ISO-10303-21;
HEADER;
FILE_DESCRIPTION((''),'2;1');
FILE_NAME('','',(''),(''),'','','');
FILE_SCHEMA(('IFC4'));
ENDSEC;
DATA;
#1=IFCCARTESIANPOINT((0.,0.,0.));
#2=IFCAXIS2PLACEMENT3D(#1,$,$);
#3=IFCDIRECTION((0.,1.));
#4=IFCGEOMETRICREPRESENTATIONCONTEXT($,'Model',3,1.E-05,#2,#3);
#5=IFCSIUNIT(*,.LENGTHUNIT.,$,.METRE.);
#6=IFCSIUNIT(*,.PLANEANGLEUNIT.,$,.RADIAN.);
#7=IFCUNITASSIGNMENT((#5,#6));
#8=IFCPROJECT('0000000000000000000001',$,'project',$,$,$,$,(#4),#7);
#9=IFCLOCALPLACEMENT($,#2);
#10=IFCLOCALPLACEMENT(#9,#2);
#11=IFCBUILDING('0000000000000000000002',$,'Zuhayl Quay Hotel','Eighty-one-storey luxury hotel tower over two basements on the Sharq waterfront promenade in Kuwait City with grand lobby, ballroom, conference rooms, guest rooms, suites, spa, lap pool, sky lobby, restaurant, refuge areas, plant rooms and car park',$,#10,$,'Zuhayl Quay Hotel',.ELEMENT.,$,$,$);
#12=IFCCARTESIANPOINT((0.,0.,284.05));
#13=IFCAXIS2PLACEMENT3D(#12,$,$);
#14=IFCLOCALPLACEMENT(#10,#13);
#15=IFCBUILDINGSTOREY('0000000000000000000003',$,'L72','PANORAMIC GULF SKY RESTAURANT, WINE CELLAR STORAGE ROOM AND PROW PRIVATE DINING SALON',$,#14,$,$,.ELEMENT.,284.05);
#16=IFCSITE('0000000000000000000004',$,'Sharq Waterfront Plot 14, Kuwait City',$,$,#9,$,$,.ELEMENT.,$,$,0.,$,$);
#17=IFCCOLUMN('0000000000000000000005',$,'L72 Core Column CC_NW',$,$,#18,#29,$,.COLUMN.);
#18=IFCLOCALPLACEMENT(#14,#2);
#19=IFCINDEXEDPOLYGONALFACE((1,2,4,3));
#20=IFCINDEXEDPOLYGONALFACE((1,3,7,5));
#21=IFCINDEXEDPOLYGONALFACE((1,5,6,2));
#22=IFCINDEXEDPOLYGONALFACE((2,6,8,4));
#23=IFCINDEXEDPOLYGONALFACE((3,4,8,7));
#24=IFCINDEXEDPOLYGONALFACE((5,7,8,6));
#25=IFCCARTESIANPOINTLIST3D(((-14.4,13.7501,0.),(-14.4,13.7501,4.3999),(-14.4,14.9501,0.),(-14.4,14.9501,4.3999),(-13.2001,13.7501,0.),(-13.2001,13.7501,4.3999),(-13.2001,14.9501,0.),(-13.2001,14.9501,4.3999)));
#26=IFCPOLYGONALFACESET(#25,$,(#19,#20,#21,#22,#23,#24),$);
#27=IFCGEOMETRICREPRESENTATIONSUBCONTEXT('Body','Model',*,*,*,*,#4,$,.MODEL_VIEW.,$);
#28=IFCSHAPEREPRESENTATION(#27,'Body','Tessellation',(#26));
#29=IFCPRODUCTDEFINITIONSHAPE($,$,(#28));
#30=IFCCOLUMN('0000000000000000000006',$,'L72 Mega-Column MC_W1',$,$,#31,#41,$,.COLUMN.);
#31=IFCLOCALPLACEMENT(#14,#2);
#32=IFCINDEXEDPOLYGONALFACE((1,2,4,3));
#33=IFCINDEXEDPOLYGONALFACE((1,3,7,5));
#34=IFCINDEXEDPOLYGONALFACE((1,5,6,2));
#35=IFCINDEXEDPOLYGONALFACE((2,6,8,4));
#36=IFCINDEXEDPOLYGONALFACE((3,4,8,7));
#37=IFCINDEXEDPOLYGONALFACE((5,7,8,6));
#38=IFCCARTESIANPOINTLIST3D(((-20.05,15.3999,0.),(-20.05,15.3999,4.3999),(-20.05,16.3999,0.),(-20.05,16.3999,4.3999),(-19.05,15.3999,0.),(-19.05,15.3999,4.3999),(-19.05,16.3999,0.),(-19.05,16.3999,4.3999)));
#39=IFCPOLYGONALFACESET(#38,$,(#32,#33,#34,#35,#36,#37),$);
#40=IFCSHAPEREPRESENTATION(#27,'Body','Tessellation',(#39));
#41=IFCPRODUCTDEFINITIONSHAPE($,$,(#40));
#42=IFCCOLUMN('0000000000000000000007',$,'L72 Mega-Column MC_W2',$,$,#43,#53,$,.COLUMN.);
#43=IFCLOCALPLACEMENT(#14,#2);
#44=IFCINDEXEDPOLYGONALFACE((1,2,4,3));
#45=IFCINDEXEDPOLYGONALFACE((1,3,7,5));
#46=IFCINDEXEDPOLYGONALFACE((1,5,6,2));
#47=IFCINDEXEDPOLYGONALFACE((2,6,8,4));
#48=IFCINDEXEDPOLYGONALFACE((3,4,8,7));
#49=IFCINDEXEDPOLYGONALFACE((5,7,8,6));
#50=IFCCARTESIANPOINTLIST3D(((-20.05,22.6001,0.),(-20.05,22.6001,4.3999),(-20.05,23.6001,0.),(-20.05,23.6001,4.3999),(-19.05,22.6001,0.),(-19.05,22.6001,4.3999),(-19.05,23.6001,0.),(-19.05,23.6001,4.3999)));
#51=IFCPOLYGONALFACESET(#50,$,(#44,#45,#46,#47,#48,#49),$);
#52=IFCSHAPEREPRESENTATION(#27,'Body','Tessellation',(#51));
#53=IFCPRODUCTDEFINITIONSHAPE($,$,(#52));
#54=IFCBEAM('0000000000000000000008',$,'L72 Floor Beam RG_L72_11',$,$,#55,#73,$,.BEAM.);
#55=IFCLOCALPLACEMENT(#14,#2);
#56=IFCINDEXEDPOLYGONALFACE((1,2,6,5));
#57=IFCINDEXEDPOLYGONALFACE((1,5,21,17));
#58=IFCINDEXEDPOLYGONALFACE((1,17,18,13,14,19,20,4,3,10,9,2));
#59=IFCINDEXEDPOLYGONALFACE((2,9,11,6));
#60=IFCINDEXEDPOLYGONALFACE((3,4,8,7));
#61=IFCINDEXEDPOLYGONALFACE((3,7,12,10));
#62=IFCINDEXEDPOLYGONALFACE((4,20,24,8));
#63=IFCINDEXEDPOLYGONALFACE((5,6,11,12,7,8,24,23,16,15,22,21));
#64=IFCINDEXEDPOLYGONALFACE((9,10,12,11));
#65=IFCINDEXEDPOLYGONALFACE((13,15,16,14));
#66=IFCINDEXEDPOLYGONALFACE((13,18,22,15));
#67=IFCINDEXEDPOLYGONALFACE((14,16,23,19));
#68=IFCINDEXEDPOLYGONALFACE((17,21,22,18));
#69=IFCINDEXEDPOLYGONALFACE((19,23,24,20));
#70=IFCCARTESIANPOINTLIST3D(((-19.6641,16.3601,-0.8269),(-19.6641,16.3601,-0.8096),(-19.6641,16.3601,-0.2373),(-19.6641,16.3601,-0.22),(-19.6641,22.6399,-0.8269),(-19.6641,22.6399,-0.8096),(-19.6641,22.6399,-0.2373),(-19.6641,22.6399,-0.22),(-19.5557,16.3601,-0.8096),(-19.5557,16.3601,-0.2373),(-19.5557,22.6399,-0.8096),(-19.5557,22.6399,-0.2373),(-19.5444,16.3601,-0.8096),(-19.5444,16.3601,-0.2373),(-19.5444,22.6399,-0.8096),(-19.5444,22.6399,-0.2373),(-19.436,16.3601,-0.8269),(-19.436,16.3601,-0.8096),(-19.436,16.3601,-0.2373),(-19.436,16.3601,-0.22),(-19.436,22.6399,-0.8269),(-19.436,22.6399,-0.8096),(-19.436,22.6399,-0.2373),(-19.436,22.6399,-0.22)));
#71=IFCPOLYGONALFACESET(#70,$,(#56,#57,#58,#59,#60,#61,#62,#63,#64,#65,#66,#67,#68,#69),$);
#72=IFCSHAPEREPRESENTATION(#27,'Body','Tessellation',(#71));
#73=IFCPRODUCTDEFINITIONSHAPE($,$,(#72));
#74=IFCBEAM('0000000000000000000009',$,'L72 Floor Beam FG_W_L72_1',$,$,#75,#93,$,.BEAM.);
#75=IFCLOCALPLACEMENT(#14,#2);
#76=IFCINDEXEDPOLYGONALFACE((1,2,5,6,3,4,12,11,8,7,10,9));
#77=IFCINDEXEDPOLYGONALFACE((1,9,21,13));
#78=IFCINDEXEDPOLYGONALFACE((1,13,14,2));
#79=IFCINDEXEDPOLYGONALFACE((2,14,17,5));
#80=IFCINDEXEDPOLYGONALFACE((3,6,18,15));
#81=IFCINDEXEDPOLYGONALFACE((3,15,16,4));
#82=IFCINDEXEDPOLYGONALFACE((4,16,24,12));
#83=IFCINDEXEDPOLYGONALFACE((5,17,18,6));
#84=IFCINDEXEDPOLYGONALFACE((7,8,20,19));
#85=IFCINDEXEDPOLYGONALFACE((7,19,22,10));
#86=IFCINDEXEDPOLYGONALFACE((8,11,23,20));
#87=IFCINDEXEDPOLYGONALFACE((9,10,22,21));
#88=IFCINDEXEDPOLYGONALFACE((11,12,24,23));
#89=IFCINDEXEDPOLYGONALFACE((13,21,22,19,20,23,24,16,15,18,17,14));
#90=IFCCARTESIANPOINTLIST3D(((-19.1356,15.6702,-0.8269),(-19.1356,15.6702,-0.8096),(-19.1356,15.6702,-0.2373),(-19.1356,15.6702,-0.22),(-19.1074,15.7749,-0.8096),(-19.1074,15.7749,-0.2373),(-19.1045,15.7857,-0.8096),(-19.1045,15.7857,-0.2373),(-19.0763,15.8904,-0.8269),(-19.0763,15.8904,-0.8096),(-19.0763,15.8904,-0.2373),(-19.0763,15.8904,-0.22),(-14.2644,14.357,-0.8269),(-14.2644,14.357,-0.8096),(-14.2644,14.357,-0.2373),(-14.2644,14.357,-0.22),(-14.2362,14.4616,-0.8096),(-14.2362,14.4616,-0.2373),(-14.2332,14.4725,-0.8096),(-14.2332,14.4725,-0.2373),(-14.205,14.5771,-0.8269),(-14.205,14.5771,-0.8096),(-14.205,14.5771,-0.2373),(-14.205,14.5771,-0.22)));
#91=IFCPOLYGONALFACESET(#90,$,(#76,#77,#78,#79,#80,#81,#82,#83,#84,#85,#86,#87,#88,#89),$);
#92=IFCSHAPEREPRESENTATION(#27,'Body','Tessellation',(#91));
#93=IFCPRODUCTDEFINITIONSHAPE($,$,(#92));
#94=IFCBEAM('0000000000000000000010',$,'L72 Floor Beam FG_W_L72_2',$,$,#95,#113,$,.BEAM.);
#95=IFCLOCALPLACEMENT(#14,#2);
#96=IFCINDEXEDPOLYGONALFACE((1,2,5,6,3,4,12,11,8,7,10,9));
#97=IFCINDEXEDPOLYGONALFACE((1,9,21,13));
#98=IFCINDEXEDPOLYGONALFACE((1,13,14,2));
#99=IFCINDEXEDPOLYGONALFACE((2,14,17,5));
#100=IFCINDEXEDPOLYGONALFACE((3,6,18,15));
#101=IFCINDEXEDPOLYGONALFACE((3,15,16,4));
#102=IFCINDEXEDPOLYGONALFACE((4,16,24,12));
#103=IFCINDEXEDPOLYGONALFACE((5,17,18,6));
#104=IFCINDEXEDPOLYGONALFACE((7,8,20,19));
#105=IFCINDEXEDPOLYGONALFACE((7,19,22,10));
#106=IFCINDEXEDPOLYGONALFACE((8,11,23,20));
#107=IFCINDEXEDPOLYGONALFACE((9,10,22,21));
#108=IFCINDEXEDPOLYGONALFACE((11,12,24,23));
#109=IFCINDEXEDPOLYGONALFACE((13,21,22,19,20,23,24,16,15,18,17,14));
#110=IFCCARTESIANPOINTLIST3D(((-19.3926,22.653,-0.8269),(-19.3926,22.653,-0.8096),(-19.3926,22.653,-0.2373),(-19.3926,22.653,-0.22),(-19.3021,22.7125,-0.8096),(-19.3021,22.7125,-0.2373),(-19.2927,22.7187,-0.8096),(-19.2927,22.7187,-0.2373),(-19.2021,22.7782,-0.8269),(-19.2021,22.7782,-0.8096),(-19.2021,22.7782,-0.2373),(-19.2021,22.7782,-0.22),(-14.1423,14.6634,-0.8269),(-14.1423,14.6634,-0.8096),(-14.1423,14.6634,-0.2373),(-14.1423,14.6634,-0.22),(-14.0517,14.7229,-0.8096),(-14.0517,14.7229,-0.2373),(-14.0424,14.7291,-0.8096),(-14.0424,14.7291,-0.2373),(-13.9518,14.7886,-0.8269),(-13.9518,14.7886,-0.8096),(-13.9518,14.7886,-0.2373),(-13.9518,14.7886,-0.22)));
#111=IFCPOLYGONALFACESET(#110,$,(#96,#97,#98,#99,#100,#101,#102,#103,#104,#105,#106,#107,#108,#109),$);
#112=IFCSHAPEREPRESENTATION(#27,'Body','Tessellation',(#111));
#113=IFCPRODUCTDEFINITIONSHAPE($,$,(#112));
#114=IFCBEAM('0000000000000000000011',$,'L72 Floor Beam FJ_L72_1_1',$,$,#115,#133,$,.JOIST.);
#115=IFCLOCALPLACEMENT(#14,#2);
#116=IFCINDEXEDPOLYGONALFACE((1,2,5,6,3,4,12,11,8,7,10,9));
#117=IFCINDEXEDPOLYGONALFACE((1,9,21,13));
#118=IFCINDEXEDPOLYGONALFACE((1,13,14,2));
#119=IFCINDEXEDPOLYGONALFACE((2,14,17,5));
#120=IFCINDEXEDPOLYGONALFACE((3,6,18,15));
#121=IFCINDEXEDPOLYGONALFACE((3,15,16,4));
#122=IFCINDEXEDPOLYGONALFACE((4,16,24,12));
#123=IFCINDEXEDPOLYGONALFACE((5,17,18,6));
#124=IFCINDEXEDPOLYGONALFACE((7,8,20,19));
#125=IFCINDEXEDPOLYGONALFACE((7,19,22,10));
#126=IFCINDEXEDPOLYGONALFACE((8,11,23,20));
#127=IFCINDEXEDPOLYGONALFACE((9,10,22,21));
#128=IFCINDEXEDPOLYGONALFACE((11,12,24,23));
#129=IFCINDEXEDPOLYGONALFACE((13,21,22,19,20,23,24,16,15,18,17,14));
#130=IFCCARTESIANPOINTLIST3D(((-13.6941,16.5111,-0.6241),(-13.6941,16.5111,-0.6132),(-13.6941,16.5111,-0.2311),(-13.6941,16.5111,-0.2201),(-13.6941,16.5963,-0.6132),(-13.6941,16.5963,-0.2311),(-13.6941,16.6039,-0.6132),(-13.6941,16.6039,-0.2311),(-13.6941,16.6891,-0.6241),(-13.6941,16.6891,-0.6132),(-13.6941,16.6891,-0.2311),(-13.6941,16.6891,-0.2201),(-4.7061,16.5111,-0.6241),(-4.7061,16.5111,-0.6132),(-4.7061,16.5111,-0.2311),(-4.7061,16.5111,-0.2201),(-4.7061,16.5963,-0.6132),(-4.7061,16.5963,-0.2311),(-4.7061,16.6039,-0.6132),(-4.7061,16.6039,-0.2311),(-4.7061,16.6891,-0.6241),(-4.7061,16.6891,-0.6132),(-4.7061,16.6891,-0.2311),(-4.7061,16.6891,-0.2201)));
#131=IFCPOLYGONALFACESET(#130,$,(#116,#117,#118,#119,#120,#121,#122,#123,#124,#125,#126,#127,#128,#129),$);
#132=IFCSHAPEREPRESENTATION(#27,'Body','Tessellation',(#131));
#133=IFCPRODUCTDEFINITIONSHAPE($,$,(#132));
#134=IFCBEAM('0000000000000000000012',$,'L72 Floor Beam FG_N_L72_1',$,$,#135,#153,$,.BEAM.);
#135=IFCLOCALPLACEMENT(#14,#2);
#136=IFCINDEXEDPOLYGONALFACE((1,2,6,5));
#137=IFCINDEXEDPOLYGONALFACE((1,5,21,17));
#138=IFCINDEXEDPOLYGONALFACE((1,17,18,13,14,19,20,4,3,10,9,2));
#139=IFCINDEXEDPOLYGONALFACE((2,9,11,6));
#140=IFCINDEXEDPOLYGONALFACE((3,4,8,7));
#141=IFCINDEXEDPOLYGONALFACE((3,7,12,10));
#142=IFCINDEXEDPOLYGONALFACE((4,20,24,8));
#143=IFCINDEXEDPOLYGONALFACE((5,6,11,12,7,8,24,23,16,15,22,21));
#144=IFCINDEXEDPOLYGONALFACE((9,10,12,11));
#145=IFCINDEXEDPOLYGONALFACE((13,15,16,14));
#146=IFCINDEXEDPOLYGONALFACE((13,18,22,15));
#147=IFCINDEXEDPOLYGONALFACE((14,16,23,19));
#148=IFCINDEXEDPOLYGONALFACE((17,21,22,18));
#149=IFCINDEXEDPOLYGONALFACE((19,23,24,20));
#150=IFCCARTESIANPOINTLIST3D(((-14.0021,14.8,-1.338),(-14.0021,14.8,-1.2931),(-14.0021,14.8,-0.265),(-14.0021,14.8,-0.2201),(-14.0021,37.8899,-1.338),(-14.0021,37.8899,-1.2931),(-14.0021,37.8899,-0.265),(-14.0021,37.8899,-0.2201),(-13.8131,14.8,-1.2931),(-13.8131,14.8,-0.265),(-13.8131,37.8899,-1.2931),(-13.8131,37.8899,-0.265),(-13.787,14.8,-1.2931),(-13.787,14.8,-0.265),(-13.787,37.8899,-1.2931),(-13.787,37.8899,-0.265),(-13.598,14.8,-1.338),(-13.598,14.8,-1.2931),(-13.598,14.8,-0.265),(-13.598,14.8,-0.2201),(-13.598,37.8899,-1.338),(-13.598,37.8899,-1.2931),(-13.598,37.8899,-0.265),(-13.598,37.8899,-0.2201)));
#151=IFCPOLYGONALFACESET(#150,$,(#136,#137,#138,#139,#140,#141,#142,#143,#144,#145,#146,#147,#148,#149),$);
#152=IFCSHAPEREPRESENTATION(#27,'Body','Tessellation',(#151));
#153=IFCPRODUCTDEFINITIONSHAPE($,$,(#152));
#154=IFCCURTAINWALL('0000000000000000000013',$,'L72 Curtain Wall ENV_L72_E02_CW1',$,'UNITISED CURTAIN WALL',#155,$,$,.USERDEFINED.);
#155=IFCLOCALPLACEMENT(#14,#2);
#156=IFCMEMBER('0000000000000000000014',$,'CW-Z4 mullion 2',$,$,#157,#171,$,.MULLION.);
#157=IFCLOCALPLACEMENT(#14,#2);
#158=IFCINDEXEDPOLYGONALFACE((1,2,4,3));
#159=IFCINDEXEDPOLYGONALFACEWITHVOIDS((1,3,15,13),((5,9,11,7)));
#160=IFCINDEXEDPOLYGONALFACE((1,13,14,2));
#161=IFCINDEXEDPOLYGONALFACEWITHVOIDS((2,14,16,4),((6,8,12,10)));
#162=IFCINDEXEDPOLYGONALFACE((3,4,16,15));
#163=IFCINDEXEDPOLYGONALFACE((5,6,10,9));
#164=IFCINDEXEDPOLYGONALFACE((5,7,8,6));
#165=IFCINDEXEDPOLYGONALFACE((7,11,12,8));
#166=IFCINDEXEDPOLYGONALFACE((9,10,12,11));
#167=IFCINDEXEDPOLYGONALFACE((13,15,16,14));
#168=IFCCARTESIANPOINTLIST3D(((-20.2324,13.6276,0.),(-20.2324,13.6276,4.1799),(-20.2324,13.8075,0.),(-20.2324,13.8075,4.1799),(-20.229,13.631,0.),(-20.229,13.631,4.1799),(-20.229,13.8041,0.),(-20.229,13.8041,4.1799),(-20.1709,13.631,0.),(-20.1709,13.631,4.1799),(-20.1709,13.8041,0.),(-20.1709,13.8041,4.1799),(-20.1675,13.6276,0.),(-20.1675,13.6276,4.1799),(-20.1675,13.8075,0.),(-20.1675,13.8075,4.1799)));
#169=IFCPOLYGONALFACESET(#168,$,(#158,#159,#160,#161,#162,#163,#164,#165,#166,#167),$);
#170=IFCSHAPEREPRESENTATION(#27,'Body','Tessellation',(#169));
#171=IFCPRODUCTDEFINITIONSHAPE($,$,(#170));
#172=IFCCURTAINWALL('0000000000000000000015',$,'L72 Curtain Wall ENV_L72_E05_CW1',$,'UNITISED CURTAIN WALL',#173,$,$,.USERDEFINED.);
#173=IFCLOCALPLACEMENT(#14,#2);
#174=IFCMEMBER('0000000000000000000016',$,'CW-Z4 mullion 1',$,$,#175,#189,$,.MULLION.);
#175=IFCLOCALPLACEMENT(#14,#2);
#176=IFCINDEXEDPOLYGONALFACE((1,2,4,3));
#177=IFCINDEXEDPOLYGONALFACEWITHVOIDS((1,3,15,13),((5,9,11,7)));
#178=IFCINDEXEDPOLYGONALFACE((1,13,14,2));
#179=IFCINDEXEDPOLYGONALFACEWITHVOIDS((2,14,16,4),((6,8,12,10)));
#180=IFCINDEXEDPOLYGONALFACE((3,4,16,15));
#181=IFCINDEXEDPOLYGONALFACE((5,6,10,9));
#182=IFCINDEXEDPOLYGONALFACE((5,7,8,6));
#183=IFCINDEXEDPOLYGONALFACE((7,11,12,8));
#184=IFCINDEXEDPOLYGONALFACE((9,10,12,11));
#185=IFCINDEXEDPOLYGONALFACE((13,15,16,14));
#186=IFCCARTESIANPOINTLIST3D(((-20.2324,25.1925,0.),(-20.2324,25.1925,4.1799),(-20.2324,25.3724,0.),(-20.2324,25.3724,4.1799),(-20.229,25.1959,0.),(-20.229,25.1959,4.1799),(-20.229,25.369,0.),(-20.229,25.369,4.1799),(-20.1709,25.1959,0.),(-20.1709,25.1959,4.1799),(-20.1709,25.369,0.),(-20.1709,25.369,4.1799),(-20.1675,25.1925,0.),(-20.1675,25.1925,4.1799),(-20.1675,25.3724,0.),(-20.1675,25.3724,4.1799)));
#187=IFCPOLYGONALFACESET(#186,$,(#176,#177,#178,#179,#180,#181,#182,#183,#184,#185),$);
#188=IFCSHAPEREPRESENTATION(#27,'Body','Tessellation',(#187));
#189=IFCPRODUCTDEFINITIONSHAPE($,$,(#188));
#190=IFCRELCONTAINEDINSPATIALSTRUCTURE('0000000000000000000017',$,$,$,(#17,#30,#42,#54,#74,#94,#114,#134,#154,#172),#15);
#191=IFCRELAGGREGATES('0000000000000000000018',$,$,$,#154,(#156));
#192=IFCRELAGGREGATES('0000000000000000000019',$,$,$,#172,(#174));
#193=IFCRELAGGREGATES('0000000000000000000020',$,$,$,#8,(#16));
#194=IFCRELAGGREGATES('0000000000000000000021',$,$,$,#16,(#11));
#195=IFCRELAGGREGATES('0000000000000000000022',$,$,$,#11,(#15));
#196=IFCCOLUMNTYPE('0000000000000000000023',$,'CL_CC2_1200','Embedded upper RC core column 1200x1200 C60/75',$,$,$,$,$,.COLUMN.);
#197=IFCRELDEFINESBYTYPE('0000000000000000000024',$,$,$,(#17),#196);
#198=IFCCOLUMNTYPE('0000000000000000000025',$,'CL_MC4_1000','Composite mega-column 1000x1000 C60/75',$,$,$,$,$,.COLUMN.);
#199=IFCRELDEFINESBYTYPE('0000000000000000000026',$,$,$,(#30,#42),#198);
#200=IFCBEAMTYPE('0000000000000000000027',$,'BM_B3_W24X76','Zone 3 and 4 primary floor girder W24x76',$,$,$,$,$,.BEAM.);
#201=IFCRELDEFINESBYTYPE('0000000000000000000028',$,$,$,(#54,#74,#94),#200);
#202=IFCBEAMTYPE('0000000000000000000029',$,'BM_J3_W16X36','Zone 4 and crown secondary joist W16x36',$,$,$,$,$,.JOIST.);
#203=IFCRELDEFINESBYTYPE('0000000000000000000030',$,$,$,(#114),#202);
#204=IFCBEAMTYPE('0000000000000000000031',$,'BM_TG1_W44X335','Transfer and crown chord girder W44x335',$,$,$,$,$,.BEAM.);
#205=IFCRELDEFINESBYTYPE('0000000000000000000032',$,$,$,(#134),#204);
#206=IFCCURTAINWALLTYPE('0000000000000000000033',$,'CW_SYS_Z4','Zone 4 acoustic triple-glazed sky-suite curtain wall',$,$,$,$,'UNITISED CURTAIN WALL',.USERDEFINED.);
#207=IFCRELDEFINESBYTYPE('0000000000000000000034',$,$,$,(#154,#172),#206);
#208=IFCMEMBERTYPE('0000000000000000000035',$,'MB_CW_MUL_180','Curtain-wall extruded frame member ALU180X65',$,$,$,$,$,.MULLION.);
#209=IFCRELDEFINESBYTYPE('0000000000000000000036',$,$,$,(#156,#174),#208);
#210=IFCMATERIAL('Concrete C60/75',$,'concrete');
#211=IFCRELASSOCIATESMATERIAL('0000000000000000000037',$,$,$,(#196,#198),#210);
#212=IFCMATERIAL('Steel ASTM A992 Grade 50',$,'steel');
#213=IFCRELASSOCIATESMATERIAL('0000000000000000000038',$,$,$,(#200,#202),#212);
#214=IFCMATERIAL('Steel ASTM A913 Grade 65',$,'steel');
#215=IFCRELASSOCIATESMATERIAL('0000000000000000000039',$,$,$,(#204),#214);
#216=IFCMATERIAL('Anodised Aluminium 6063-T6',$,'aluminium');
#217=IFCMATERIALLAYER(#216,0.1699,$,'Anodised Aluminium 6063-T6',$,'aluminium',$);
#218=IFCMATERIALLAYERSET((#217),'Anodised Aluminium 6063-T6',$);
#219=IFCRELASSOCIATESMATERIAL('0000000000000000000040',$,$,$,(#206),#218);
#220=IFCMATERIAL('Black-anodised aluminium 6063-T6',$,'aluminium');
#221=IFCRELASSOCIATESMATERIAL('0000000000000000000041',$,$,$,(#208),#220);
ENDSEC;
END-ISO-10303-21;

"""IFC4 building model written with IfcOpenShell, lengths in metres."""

from ifc_helpers import new_model, si_unit, direction, frame, origin, origin_2d, place, context, subcontext, project, spatial, rectangle, hollow_rectangle, i_section, extrude, material, layer, layer_set, material_profile, profile_set, type_object, element, aggregate, save


model = new_model("IFC4")

# Units and contexts
model_context = context("Model", 3, precision=1e-05, world=origin(), true_north=direction((0.0, 1.0)))
body_context = subcontext(model_context, "Body", "Model", "MODEL_VIEW")
ifc_project = project(units=[si_unit("LENGTHUNIT", "METRE"), si_unit("PLANEANGLEUNIT", "RADIAN")], contexts=[model_context])

# Site, building, storey
site_placement = place(None, origin())
site = spatial("IfcSite", under=ifc_project, at=site_placement, Name="Sharq Waterfront Plot 14, Kuwait City", CompositionType="ELEMENT", RefElevation=0.0)
building_placement = place(site_placement, origin())
building = spatial("IfcBuilding", under=site, at=building_placement, Name="Zuhayl Quay Hotel", Description="Eighty-one-storey luxury hotel tower over two basements on the Sharq waterfront promenade in Kuwait City with grand lobby, ballroom, conference rooms, guest rooms, suites, spa, lap pool, sky lobby, restaurant, refuge areas, plant rooms and car park", LongName="Zuhayl Quay Hotel", CompositionType="ELEMENT")
storey_placement = place(building_placement, frame((0.0, 0.0, 284.05)))
storey = spatial("IfcBuildingStorey", under=building, at=storey_placement, Name="L72", Description="PANORAMIC GULF SKY RESTAURANT, WINE CELLAR STORAGE ROOM AND PROW PRIVATE DINING SALON", CompositionType="ELEMENT", Elevation=284.05)

# Columns
ifc_material_1 = material(Name="Concrete C60/75", Category="concrete")
ifc_material_profile_1 = material_profile(ifc_material_1, rectangle(XDim=1.2, YDim=1.2, at=origin_2d()), Name="RC1200X1200")
ifc_profile_set_1 = profile_set([ifc_material_profile_1], Name="Concrete C60/75")
column_type_1 = type_object("IfcColumnType", Name="CL_CC2_1200", Description="Embedded upper RC core column 1200x1200 C60/75", PredefinedType="COLUMN", material=ifc_profile_set_1)
column_placement = place(storey_placement, frame((-13.8, 14.3501, 0.0), z_axis=(0.0, 0.0, 1.0), x_axis=(1.0, 0.0, 0.0)))
element("IfcColumn", 1, at=column_placement, inside=storey, type_object=column_type_1, Name="L72 Core Column CC_NW", PredefinedType="COLUMN", context=body_context, shape_type="SweptSolid", body=[
    extrude(rectangle(XDim=1.2, YDim=1.2, at=origin_2d()), origin(), (0.0, 0.0, 1.0), 4.3999),
])
ifc_material_profile_2 = material_profile(ifc_material_1, rectangle(XDim=1.0, YDim=1.0, at=origin_2d()), Name="RC1000X1000")
ifc_profile_set_2 = profile_set([ifc_material_profile_2], Name="Concrete C60/75")
column_type_2 = type_object("IfcColumnType", Name="CL_MC4_1000", Description="Composite mega-column 1000x1000 C60/75", PredefinedType="COLUMN", material=ifc_profile_set_2)
for number, where, z_axis, x_axis, name in (
    (2, (-19.55, 15.8999, 0.0), (0.0, 0.0, 1.0), (1.0, 0.0, 0.0), "L72 Mega-Column MC_W1"),
    (3, (-19.55, 23.1001, 0.0), (0.0, 0.0, 1.0), (1.0, 0.0, 0.0), "L72 Mega-Column MC_W2"),
):
    element("IfcColumn", number, at=place(storey_placement, frame(where, z_axis=z_axis, x_axis=x_axis)), inside=storey, type_object=column_type_2, Name=name, PredefinedType="COLUMN", context=body_context, shape_type="SweptSolid", body=[
        extrude(rectangle(XDim=1.0, YDim=1.0, at=origin_2d()), origin(), (0.0, 0.0, 1.0), 4.3999),
    ])

# Beams
ifc_material_2 = material(Name="Steel ASTM A992 Grade 50", Category="steel")
ifc_material_profile_3 = material_profile(ifc_material_2, i_section(OverallWidth=0.228, OverallDepth=0.6069, WebThickness=0.0112, FlangeThickness=0.0173, at=origin_2d()), Name="W24X76")
ifc_profile_set_3 = profile_set([ifc_material_profile_3], Name="Steel ASTM A992 Grade 50")
beam_type_1 = type_object("IfcBeamType", Name="BM_B3_W24X76", Description="Zone 3 and 4 primary floor girder W24x76", PredefinedType="BEAM", material=ifc_profile_set_3)
beam_1_placement = place(storey_placement, frame((-19.55, 22.6399, -0.5234), z_axis=(0.0, -1.0, 0.0), x_axis=(1.0, 0.0, 0.0)))
element("IfcBeam", 4, at=beam_1_placement, inside=storey, type_object=beam_type_1, Name="L72 Floor Beam RG_L72_11", PredefinedType="BEAM", context=body_context, shape_type="SweptSolid", body=[
    extrude(i_section(OverallWidth=0.228, OverallDepth=0.6069, WebThickness=0.0112, FlangeThickness=0.0173, at=origin_2d()), origin(), (0.0, 0.0, 1.0), 6.2798),
])
beam_2_placement = place(storey_placement, frame((-19.106, 15.7803, -0.5234), z_axis=(0.96553, -0.260291, 0.0), x_axis=(0.260291, 0.96553, 0.0)))
element("IfcBeam", 5, at=beam_2_placement, inside=storey, type_object=beam_type_1, Name="L72 Floor Beam FG_W_L72_1", PredefinedType="BEAM", context=body_context, shape_type="SweptSolid", body=[
    extrude(i_section(OverallWidth=0.228, OverallDepth=0.6069, WebThickness=0.0112, FlangeThickness=0.0173, at=origin_2d()), origin(), (0.0, 0.0, 1.0), 5.0452),
])
beam_3_placement = place(storey_placement, frame((-19.2974, 22.7156, -0.5234), z_axis=(0.549178, -0.835705, 0.0), x_axis=(0.835705, 0.549178, 0.0)))
element("IfcBeam", 6, at=beam_3_placement, inside=storey, type_object=beam_type_1, Name="L72 Floor Beam FG_W_L72_2", PredefinedType="BEAM", context=body_context, shape_type="SweptSolid", body=[
    extrude(i_section(OverallWidth=0.228, OverallDepth=0.6069, WebThickness=0.0112, FlangeThickness=0.0173, at=origin_2d()), origin(), (0.0, 0.0, 1.0), 9.5603),
])
ifc_material_profile_4 = material_profile(ifc_material_2, i_section(OverallWidth=0.178, OverallDepth=0.4041, WebThickness=0.0076, FlangeThickness=0.011, at=origin_2d()), Name="W16X36")
ifc_profile_set_4 = profile_set([ifc_material_profile_4], Name="Steel ASTM A992 Grade 50")
beam_type_2 = type_object("IfcBeamType", Name="BM_J3_W16X36", Description="Zone 4 and crown secondary joist W16x36", PredefinedType="JOIST", material=ifc_profile_set_4)
beam_4_placement = place(storey_placement, frame((-13.6941, 16.6001, -0.4221), z_axis=(1.0, 0.0, 0.0), x_axis=(0.0, 1.0, 0.0)))
element("IfcBeam", 7, at=beam_4_placement, inside=storey, type_object=beam_type_2, Name="L72 Floor Beam FJ_L72_1_1", PredefinedType="JOIST", context=body_context, shape_type="SweptSolid", body=[
    extrude(i_section(OverallWidth=0.178, OverallDepth=0.4041, WebThickness=0.0076, FlangeThickness=0.011, at=origin_2d()), origin(), (0.0, 0.0, 1.0), 8.988),
])
ifc_material_3 = material(Name="Steel ASTM A913 Grade 65", Category="steel")
ifc_material_profile_5 = material_profile(ifc_material_3, i_section(OverallWidth=0.4041, OverallDepth=1.1179, WebThickness=0.0261, FlangeThickness=0.0449, at=origin_2d()), Name="W44X335")
ifc_profile_set_5 = profile_set([ifc_material_profile_5], Name="Steel ASTM A913 Grade 65")
beam_type_3 = type_object("IfcBeamType", Name="BM_TG1_W44X335", Description="Transfer and crown chord girder W44x335", PredefinedType="BEAM", material=ifc_profile_set_5)
beam_5_placement = place(storey_placement, frame((-13.8, 14.8, -0.7791), z_axis=(0.0, 1.0, 0.0), x_axis=(-1.0, 0.0, 0.0)))
element("IfcBeam", 8, at=beam_5_placement, inside=storey, type_object=beam_type_3, Name="L72 Floor Beam FG_N_L72_1", PredefinedType="BEAM", context=body_context, shape_type="SweptSolid", body=[
    extrude(i_section(OverallWidth=0.4041, OverallDepth=1.1179, WebThickness=0.0261, FlangeThickness=0.0449, at=origin_2d()), origin(), (0.0, 0.0, 1.0), 23.0898),
])

# Curtain wall, member
ifc_material_4 = material(Name="Anodised Aluminium 6063-T6", Category="aluminium")
ifc_layer_1 = layer(ifc_material_4, 0.1699, Name="Anodised Aluminium 6063-T6", Category="aluminium")
ifc_layer_set_1 = layer_set([ifc_layer_1], Name="Anodised Aluminium 6063-T6")
curtain_wall_type = type_object("IfcCurtainWallType", Name="CW_SYS_Z4", Description="Zone 4 acoustic triple-glazed sky-suite curtain wall", ElementType="UNITISED CURTAIN WALL", PredefinedType="USERDEFINED", material=ifc_layer_set_1)
curtain_wall_1_placement = place(storey_placement, origin())
curtain_wall_1 = element("IfcCurtainWall", 9, at=curtain_wall_1_placement, inside=storey, type_object=curtain_wall_type, Name="L72 Curtain Wall ENV_L72_E02_CW1", ObjectType="UNITISED CURTAIN WALL", PredefinedType="USERDEFINED")
ifc_material_5 = material(Name="Black-anodised aluminium 6063-T6", Category="aluminium")
ifc_material_profile_6 = material_profile(ifc_material_5, hollow_rectangle(XDim=0.0649, YDim=0.1799, WallThickness=0.0034, at=origin_2d()), Name="ALU180X65")
ifc_profile_set_6 = profile_set([ifc_material_profile_6], Name="Black-anodised aluminium 6063-T6")
member_type_1 = type_object("IfcMemberType", Name="MB_CW_MUL_180", Description="Curtain-wall extruded frame member ALU180X65", PredefinedType="MULLION", material=ifc_profile_set_6)
member_1_placement = place(storey_placement, frame((-20.2, 13.7175, 0.0), z_axis=(0.0, 0.0, 1.0), x_axis=(-1.0, 0.0, 0.0)))
member_1 = element("IfcMember", 10, at=member_1_placement, type_object=member_type_1, Name="CW-Z4 mullion 2", PredefinedType="MULLION", context=body_context, shape_type="SweptSolid", body=[
    extrude(hollow_rectangle(XDim=0.0649, YDim=0.1799, WallThickness=0.0034, at=origin_2d()), origin(), (0.0, 0.0, 1.0), 4.1799),
])
aggregate(curtain_wall_1, [member_1])

# Curtain wall, member
curtain_wall_2_placement = place(storey_placement, origin())
curtain_wall_2 = element("IfcCurtainWall", 11, at=curtain_wall_2_placement, inside=storey, type_object=curtain_wall_type, Name="L72 Curtain Wall ENV_L72_E05_CW1", ObjectType="UNITISED CURTAIN WALL", PredefinedType="USERDEFINED")
member_2_placement = place(storey_placement, frame((-20.2, 25.2825, 0.0), z_axis=(0.0, 0.0, 1.0), x_axis=(-1.0, 0.0, 0.0)))
member_2 = element("IfcMember", 12, at=member_2_placement, type_object=member_type_1, Name="CW-Z4 mullion 1", PredefinedType="MULLION", context=body_context, shape_type="SweptSolid", body=[
    extrude(hollow_rectangle(XDim=0.0649, YDim=0.1799, WallThickness=0.0034, at=origin_2d()), origin(), (0.0, 0.0, 1.0), 4.1799),
])
aggregate(curtain_wall_2, [member_2])

save(model, "model.ifc")
